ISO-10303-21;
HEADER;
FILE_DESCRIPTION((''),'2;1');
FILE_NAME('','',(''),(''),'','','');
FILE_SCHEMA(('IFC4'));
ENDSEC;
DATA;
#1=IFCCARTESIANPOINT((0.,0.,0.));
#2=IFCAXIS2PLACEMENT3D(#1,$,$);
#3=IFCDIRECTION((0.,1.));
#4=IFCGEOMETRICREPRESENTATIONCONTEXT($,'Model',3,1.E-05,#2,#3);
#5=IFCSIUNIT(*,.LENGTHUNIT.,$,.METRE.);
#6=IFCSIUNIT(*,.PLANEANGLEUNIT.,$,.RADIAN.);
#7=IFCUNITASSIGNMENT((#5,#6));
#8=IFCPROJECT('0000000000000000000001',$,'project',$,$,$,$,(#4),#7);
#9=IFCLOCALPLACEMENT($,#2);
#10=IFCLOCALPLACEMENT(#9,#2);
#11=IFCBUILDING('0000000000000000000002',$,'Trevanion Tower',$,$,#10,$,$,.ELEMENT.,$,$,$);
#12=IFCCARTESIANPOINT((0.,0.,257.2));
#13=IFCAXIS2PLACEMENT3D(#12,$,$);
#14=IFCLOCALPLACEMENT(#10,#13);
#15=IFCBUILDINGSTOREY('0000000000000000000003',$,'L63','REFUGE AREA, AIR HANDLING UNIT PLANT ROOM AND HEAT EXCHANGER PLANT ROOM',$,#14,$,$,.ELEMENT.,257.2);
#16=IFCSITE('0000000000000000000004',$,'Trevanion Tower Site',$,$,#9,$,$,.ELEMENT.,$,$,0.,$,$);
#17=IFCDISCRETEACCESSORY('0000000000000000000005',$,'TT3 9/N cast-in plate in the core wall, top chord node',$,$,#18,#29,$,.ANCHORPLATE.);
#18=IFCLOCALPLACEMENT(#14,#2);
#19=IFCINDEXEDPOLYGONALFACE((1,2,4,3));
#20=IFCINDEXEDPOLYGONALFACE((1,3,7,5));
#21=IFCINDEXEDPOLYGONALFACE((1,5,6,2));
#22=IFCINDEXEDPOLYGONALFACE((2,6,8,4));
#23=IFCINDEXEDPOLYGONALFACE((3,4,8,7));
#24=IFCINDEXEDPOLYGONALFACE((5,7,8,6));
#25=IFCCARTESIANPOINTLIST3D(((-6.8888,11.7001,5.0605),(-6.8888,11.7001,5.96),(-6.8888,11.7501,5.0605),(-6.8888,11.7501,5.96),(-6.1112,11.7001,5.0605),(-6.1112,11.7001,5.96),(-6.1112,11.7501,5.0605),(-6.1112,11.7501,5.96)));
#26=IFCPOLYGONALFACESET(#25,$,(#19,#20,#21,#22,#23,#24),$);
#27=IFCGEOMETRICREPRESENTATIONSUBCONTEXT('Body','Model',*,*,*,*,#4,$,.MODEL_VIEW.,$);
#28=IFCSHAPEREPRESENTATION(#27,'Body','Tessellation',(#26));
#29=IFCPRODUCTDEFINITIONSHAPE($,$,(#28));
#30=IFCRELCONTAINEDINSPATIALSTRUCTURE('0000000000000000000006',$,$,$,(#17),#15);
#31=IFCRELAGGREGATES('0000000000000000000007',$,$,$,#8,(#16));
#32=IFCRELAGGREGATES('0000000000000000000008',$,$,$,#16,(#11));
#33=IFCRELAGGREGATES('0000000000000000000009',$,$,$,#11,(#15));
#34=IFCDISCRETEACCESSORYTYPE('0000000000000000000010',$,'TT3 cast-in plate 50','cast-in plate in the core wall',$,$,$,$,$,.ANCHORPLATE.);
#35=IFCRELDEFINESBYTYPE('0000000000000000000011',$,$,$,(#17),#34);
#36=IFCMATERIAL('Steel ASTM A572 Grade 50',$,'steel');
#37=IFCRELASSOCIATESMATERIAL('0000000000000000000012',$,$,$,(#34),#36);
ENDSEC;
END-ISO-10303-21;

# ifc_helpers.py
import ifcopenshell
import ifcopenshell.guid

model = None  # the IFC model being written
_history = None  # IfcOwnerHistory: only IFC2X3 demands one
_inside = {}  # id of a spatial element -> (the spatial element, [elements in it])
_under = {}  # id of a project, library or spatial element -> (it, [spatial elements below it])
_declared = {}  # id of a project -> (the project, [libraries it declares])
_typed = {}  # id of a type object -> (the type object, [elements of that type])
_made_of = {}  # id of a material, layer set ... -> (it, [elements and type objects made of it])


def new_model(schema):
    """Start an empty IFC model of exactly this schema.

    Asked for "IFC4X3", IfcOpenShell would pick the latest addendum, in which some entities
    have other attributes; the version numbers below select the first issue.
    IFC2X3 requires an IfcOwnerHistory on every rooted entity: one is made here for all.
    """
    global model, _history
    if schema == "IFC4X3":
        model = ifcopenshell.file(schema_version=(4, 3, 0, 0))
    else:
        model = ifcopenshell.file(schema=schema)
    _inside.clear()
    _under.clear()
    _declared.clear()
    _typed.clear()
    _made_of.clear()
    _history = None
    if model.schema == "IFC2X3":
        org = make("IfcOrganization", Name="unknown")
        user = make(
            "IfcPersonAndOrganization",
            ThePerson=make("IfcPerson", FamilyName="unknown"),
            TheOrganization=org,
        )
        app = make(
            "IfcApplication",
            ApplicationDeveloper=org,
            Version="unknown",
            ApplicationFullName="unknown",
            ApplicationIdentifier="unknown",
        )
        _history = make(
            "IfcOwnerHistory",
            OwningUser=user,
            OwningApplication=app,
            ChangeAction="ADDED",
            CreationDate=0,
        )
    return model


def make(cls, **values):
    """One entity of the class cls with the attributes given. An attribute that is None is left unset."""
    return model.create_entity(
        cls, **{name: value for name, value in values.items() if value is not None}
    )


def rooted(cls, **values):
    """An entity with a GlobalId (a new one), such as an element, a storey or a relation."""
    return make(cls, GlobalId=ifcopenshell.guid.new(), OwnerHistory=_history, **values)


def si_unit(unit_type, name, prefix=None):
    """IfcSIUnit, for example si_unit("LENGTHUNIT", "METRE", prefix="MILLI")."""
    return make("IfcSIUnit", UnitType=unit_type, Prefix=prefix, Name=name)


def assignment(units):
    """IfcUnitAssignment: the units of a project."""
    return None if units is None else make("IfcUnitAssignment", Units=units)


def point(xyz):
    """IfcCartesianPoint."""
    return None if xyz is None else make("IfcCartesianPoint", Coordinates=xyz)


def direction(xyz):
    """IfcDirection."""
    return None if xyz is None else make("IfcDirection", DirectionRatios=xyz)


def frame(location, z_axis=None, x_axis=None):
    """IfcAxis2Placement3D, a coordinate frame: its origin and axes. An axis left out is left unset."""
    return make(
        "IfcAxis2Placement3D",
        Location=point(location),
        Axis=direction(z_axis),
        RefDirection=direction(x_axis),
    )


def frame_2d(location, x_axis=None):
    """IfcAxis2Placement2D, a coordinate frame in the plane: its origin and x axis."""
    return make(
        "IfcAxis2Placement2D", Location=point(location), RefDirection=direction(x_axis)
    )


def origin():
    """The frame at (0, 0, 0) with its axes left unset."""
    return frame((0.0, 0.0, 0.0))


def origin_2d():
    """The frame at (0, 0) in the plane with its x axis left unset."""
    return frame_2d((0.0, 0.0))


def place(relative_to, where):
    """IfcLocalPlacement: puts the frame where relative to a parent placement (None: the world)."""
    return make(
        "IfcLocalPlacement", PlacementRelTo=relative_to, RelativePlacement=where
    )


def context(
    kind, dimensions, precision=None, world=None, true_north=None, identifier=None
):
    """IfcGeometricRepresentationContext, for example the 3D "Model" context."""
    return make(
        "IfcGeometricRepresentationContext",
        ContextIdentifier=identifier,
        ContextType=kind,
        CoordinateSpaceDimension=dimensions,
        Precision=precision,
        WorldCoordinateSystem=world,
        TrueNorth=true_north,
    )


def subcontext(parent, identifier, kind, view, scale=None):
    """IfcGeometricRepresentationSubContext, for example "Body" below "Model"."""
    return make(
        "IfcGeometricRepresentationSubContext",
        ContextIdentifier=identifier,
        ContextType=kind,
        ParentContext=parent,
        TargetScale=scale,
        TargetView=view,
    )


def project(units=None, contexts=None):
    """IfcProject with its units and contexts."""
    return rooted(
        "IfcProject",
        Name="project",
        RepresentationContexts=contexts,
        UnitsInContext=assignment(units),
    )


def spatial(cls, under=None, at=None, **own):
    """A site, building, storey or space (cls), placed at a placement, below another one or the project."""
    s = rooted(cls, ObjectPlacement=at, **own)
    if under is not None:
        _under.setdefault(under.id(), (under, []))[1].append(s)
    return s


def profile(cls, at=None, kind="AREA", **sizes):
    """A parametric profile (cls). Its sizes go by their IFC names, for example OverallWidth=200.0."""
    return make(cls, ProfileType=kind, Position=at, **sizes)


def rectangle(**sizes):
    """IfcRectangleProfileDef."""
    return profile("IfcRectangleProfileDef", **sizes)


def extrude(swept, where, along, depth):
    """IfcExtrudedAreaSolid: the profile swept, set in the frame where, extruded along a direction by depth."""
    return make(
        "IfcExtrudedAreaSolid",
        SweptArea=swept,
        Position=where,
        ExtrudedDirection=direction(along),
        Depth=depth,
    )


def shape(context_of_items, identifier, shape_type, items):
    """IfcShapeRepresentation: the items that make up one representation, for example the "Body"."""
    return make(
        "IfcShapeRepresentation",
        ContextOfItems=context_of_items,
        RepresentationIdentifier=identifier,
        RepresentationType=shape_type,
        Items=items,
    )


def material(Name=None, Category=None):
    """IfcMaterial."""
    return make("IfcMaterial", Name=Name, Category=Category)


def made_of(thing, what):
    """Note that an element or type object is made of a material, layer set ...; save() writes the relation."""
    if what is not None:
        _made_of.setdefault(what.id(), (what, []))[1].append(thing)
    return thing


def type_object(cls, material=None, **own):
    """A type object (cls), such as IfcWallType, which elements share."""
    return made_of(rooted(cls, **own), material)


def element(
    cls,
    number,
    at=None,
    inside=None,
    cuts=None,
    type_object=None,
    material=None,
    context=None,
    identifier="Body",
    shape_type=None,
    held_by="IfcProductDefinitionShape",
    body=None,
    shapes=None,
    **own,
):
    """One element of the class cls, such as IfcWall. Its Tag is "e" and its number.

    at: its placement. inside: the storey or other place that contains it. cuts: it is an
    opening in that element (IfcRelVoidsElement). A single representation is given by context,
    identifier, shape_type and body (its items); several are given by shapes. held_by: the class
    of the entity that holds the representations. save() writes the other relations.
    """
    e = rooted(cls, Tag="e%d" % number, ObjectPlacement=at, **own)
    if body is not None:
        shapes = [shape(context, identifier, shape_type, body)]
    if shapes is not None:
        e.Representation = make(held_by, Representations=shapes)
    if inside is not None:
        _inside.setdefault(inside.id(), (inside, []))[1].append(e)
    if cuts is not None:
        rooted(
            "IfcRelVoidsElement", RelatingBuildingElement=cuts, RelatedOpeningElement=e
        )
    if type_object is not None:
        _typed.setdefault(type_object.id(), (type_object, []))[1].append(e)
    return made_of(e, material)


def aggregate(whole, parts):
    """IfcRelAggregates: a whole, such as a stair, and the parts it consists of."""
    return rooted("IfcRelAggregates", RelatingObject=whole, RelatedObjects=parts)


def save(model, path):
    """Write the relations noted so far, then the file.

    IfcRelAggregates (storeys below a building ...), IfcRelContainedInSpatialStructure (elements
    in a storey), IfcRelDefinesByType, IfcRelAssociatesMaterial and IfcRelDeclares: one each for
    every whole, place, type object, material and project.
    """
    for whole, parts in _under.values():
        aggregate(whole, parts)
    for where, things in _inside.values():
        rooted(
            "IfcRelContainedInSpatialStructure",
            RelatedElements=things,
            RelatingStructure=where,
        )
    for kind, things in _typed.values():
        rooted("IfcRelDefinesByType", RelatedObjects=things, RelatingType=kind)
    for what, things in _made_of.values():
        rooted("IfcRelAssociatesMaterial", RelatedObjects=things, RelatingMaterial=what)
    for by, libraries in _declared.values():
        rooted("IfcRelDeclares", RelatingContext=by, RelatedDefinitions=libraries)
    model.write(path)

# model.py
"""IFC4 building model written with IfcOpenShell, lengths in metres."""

from ifc_helpers import new_model, si_unit, direction, frame, origin, origin_2d, place, context, subcontext, project, spatial, rectangle, extrude, material, type_object, element, save


model = new_model("IFC4")

# Units and contexts
model_context = context("Model", 3, precision=1e-05, world=origin(), true_north=direction((0.0, 1.0)))
body_context = subcontext(model_context, "Body", "Model", "MODEL_VIEW")
ifc_project = project(units=[si_unit("LENGTHUNIT", "METRE"), si_unit("PLANEANGLEUNIT", "RADIAN")], contexts=[model_context])

# Site, building, storey
site_placement = place(None, origin())
site = spatial("IfcSite", under=ifc_project, at=site_placement, Name="Trevanion Tower Site", CompositionType="ELEMENT", RefElevation=0.0)
building_placement = place(site_placement, origin())
building = spatial("IfcBuilding", under=site, at=building_placement, Name="Trevanion Tower", CompositionType="ELEMENT")
storey_placement = place(building_placement, frame((0.0, 0.0, 257.2)))
storey = spatial("IfcBuildingStorey", under=building, at=storey_placement, Name="L63", Description="REFUGE AREA, AIR HANDLING UNIT PLANT ROOM AND HEAT EXCHANGER PLANT ROOM", CompositionType="ELEMENT", Elevation=257.2)

# Discrete accessory
ifc_material_1 = material(Name="Steel ASTM A572 Grade 50", Category="steel")
discrete_accessory_type = type_object("IfcDiscreteAccessoryType", Name="TT3 cast-in plate 50", Description="cast-in plate in the core wall", PredefinedType="ANCHORPLATE", material=ifc_material_1)
for number, where, z_axis, x_axis, name in (
    (1, (-6.5, 11.7251, 5.0605), (0.0, 0.0, 1.0), (0.0, 1.0, 0.0), "TT3 9/N cast-in plate in the core wall, top chord node"),
):
    element("IfcDiscreteAccessory", number, at=place(storey_placement, frame(where, z_axis=z_axis, x_axis=x_axis)), inside=storey, type_object=discrete_accessory_type, Name=name, PredefinedType="ANCHORPLATE", context=body_context, shape_type="SweptSolid", body=[
        extrude(rectangle(XDim=0.05, YDim=0.7776, at=origin_2d()), origin(), (0.0, 0.0, 1.0), 0.8994),
    ])

save(model, "model.ifc")
